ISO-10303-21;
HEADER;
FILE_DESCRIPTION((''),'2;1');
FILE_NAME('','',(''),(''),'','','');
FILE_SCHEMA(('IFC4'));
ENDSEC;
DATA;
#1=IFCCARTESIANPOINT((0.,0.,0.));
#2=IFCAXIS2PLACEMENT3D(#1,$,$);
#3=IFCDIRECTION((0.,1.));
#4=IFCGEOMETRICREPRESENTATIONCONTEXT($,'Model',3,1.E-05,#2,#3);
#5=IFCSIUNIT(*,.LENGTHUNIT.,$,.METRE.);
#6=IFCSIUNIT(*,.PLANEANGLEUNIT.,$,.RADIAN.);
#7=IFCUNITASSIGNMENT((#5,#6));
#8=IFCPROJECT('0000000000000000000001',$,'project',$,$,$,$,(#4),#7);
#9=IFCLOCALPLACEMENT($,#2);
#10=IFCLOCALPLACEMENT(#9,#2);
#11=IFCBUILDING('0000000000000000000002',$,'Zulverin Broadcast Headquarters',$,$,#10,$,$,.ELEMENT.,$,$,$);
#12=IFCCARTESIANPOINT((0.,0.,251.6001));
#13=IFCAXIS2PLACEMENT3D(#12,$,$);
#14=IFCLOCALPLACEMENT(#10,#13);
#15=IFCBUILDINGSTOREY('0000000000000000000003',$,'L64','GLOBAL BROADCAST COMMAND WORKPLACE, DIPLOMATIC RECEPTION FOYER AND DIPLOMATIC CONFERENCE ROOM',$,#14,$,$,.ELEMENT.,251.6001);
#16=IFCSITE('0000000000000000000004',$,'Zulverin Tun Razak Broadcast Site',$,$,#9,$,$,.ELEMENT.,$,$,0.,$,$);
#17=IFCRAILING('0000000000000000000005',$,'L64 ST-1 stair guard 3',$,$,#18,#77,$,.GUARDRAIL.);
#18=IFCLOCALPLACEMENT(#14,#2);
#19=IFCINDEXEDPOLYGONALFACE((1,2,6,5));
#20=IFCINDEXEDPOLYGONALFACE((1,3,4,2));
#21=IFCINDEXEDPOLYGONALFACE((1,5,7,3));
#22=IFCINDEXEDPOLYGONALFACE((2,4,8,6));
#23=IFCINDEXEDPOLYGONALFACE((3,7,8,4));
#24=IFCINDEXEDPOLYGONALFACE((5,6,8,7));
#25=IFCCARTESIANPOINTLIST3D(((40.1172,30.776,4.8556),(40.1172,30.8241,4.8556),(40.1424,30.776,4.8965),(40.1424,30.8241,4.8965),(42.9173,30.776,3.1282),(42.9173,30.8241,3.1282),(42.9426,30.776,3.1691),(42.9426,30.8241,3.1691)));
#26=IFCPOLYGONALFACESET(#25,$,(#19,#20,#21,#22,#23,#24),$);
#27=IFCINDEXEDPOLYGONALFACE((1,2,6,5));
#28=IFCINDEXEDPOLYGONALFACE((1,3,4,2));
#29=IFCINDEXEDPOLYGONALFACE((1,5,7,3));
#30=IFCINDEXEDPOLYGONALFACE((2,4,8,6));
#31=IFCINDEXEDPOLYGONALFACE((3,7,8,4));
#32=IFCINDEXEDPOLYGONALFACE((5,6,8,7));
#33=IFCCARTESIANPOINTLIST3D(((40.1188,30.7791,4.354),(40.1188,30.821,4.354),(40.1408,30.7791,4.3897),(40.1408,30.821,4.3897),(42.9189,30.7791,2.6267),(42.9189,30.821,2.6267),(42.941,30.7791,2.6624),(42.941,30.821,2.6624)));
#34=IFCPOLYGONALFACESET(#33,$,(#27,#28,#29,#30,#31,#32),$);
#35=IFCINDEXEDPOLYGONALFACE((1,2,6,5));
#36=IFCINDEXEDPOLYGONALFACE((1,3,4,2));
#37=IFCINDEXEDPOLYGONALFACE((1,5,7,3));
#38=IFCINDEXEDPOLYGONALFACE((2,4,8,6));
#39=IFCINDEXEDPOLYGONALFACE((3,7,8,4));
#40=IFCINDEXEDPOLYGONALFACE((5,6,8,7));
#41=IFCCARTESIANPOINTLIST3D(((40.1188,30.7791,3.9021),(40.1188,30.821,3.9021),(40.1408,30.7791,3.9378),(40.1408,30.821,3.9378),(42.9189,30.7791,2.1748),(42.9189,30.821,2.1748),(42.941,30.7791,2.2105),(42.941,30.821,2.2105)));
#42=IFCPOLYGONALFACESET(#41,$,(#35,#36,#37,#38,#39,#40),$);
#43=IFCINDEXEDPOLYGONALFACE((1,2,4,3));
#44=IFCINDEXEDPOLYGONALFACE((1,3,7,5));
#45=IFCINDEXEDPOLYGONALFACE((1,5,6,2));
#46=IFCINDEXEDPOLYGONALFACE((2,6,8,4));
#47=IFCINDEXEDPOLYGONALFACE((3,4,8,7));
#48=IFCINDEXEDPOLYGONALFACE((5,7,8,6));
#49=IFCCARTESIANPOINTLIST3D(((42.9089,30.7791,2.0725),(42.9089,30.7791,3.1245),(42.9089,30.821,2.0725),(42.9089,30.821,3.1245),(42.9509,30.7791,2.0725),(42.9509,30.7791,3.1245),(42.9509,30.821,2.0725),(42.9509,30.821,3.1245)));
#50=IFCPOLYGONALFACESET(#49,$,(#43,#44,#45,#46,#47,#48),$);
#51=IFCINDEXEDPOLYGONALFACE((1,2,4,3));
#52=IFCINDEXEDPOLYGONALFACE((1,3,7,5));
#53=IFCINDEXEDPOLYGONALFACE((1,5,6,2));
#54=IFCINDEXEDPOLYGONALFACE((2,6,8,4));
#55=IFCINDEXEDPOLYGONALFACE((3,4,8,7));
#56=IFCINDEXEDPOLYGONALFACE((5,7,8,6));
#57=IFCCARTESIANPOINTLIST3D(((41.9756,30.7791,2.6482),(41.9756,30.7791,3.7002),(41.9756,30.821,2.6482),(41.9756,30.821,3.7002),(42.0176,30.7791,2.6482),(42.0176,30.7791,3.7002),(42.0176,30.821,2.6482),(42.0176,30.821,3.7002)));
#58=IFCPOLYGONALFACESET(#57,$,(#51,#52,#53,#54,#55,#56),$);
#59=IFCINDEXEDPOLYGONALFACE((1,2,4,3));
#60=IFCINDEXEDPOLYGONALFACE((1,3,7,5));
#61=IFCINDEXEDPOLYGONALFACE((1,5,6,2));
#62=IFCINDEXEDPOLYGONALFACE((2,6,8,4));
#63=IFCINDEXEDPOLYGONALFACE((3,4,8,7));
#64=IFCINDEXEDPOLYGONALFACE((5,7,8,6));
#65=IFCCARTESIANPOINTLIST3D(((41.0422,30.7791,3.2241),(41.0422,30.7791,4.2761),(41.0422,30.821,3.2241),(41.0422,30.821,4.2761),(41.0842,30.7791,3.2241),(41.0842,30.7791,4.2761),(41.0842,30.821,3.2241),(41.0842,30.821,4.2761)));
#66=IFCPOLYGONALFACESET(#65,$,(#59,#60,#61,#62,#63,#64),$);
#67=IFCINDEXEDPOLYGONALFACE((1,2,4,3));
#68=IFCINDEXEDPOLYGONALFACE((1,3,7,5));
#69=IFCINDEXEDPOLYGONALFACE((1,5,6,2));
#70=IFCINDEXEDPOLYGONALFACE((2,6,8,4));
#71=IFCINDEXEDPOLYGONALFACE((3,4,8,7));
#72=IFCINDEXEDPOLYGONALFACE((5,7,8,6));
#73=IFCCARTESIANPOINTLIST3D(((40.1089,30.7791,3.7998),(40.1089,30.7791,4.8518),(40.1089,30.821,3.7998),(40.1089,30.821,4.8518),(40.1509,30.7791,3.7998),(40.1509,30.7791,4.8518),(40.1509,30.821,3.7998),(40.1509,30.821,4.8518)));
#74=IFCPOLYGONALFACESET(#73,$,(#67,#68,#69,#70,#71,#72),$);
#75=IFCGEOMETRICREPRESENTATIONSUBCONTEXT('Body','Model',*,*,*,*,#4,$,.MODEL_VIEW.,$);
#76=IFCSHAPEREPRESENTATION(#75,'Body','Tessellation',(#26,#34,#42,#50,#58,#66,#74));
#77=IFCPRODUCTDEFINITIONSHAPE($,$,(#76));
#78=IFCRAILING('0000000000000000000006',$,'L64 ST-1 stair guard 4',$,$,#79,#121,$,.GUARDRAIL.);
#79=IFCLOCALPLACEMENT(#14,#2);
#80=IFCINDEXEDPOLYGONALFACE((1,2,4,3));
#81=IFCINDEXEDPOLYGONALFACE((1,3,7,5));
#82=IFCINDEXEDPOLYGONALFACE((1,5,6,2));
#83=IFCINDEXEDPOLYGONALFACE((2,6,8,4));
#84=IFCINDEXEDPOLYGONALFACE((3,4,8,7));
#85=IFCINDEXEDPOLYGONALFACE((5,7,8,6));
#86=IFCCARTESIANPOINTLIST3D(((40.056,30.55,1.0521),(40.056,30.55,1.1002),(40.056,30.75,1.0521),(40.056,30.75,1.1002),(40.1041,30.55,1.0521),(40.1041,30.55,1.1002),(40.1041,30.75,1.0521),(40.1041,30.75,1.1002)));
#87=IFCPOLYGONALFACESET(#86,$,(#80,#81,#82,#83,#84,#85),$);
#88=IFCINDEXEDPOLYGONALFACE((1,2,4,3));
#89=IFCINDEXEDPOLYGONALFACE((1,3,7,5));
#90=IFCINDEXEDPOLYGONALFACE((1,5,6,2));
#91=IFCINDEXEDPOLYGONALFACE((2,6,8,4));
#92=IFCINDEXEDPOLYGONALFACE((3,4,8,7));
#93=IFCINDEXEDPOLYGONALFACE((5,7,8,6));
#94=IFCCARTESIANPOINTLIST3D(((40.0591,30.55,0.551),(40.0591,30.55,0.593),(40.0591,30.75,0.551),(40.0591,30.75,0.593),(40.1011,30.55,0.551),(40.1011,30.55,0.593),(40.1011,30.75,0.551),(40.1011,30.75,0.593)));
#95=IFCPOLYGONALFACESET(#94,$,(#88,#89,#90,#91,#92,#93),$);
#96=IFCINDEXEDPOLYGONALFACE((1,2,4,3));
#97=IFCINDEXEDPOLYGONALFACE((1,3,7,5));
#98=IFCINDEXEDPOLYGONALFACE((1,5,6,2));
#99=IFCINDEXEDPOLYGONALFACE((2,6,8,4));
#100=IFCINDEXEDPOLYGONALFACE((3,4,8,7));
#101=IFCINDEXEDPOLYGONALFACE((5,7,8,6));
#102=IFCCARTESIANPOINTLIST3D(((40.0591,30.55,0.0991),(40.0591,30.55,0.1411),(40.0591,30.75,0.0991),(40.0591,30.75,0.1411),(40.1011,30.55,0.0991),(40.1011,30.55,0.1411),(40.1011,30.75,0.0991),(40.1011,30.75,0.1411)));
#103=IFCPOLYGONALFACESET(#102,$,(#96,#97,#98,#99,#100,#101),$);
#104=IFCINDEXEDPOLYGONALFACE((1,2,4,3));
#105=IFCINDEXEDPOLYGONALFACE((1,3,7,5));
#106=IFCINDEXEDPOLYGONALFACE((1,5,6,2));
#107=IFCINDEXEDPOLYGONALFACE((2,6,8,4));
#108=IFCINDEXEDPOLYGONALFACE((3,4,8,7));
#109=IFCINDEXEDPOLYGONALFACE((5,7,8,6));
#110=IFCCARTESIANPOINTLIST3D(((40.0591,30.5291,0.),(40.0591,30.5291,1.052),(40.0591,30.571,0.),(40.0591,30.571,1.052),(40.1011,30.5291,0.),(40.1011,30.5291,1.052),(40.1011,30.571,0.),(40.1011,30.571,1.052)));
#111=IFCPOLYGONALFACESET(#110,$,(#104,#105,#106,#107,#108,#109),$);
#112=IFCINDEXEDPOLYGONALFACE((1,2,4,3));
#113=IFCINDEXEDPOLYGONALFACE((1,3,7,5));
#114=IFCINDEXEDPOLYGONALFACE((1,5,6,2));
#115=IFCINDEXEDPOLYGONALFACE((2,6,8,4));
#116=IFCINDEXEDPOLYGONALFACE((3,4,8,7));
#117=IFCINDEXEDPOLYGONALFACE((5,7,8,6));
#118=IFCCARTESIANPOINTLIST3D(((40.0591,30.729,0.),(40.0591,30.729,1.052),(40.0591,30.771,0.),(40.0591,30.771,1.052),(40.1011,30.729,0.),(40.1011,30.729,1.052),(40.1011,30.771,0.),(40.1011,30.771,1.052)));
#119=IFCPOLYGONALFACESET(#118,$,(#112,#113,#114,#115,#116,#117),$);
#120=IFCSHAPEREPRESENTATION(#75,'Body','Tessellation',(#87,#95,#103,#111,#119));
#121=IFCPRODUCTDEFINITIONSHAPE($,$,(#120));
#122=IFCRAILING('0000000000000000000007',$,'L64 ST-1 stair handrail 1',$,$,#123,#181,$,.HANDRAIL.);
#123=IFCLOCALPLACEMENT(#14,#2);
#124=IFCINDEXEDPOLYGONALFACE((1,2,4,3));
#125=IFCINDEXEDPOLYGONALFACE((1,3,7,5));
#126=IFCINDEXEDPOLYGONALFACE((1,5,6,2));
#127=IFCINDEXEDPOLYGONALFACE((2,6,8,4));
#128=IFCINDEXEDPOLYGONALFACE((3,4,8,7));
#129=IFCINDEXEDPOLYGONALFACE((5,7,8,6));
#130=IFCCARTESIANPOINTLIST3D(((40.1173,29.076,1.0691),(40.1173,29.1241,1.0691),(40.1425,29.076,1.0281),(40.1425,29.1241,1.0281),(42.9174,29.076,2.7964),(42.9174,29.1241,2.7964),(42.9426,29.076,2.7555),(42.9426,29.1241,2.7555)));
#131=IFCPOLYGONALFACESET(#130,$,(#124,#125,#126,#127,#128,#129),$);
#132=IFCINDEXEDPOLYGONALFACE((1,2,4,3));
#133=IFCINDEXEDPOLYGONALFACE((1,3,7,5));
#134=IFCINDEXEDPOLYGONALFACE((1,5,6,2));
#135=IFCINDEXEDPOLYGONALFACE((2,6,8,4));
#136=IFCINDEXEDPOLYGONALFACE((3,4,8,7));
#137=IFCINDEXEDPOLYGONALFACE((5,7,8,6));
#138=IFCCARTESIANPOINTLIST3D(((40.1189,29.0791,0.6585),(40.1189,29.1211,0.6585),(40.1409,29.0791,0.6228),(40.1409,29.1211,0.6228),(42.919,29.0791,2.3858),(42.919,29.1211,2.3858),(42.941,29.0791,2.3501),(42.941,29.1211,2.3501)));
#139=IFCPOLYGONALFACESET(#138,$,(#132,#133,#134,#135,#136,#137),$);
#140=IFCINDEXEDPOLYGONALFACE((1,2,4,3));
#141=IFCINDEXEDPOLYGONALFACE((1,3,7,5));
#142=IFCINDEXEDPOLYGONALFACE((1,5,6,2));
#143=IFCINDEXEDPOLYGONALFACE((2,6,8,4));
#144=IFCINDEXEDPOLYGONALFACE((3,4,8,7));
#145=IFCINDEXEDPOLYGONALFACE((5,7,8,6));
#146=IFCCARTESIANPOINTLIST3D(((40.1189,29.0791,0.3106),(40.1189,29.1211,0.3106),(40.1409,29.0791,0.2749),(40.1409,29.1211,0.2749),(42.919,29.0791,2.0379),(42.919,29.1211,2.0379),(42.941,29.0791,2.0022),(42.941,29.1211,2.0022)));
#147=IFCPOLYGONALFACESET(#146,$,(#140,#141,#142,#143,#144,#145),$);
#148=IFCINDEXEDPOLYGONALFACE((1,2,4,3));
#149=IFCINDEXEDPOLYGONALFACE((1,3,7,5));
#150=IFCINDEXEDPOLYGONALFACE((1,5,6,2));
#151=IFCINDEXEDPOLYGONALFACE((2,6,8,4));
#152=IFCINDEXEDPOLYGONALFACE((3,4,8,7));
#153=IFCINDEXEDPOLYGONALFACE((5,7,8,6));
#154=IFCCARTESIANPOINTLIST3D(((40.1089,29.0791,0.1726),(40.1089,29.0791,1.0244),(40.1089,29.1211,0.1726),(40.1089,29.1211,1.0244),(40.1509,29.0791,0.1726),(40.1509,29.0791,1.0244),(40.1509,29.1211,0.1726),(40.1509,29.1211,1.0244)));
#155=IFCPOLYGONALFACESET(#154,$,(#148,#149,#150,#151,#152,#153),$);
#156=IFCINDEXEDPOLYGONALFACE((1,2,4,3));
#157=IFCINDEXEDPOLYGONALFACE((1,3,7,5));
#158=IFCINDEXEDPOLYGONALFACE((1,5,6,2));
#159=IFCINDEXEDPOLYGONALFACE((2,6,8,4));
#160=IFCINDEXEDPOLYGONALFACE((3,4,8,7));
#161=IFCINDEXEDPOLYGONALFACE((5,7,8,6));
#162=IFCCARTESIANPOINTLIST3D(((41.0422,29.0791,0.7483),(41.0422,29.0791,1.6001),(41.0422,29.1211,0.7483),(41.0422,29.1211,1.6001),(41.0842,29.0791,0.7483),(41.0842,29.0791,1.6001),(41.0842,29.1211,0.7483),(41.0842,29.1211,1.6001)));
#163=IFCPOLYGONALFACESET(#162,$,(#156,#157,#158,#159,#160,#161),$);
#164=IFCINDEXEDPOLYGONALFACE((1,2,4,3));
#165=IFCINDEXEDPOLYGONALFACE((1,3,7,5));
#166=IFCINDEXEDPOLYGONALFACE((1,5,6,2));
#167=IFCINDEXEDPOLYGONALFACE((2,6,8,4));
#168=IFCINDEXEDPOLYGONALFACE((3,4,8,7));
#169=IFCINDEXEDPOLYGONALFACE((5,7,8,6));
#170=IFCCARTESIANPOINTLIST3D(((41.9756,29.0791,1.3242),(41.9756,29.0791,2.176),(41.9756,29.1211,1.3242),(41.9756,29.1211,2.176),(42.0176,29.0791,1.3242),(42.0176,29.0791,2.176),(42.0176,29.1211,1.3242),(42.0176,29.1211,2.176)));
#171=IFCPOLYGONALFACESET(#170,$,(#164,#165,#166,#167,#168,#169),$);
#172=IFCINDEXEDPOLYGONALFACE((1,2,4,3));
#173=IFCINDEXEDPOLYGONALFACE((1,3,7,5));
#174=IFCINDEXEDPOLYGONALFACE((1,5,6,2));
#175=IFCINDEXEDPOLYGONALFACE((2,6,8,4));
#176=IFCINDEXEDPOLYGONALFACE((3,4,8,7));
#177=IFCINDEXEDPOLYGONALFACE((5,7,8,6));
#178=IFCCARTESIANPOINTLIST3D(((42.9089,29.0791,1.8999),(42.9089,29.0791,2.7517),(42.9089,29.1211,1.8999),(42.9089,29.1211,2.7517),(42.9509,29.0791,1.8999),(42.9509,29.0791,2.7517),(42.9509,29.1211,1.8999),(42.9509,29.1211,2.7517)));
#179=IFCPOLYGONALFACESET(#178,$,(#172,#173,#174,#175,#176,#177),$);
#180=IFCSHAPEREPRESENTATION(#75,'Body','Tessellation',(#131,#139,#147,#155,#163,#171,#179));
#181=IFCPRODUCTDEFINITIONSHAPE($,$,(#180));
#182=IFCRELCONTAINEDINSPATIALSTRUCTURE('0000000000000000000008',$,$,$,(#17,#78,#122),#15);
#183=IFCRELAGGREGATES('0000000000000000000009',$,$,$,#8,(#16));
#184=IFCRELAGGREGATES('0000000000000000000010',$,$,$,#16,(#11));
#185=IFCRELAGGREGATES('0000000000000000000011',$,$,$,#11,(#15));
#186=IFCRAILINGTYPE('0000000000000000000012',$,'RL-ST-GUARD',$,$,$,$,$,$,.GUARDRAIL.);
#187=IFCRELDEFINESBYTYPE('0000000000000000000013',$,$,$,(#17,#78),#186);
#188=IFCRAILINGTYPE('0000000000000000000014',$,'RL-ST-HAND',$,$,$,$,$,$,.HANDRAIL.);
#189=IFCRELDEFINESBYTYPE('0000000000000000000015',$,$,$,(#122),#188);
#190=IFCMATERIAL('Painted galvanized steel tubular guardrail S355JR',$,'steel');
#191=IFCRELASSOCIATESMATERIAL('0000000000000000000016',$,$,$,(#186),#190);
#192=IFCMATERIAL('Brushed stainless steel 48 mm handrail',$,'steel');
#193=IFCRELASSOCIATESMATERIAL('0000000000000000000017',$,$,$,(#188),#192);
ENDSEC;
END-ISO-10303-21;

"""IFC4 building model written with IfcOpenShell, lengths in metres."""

from ifc_helpers import new_model, si_unit, direction, frame, origin, origin_2d, place, context, subcontext, project, spatial, rectangle, extrude, material, type_object, element, save


model = new_model("IFC4")

# Units and contexts
model_context = context("Model", 3, precision=1e-05, world=origin(), true_north=direction((0.0, 1.0)))
body_context = subcontext(model_context, "Body", "Model", "MODEL_VIEW")
ifc_project = project(units=[si_unit("LENGTHUNIT", "METRE"), si_unit("PLANEANGLEUNIT", "RADIAN")], contexts=[model_context])

# Site, building, storey
site_placement = place(None, origin())
site = spatial("IfcSite", under=ifc_project, at=site_placement, Name="Zulverin Tun Razak Broadcast Site", CompositionType="ELEMENT", RefElevation=0.0)
building_placement = place(site_placement, origin())
building = spatial("IfcBuilding", under=site, at=building_placement, Name="Zulverin Broadcast Headquarters", CompositionType="ELEMENT")
storey_placement = place(building_placement, frame((0.0, 0.0, 251.6001)))
storey = spatial("IfcBuildingStorey", under=building, at=storey_placement, Name="L64", Description="GLOBAL BROADCAST COMMAND WORKPLACE, DIPLOMATIC RECEPTION FOYER AND DIPLOMATIC CONFERENCE ROOM", CompositionType="ELEMENT", Elevation=251.6001)

# Railings
ifc_material_1 = material(Name="Painted galvanized steel tubular guardrail S355JR", Category="steel")
railing_type_1 = type_object("IfcRailingType", Name="RL-ST-GUARD", PredefinedType="GUARDRAIL", material=ifc_material_1)
railing_1_placement = place(storey_placement, frame((42.9299, 30.8, 2.0725)))
element("IfcRailing", 1, at=railing_1_placement, inside=storey, type_object=railing_type_1, Name="L64 ST-1 stair guard 3", PredefinedType="GUARDRAIL", context=body_context, shape_type="SweptSolid", body=[
    extrude(rectangle(XDim=0.0481, YDim=0.0481, at=origin_2d()), frame((0.0, 0.0, 1.0762), z_axis=(-0.85109, 0.0, 0.52502), x_axis=(0.0, -1.0, 0.0)), (0.0, 0.0, 1.0), 3.29),
    extrude(rectangle(XDim=0.042, YDim=0.042, at=origin_2d()), frame((0.0, 0.0, 0.572), z_axis=(-0.85109, 0.0, 0.52502), x_axis=(0.0, -1.0, 0.0)), (0.0, 0.0, 1.0), 3.29),
    extrude(rectangle(XDim=0.042, YDim=0.042, at=origin_2d()), frame((0.0, 0.0, 0.1201), z_axis=(-0.85109, 0.0, 0.52502), x_axis=(0.0, -1.0, 0.0)), (0.0, 0.0, 1.0), 3.29),
    extrude(rectangle(XDim=0.042, YDim=0.042, at=origin_2d()), origin(), (0.0, 0.0, 1.0), 1.052),
    extrude(rectangle(XDim=0.042, YDim=0.042, at=origin_2d()), frame((-0.9333, 0.0, 0.5757)), (0.0, 0.0, 1.0), 1.052),
    extrude(rectangle(XDim=0.042, YDim=0.042, at=origin_2d()), frame((-1.8667, 0.0, 1.1516)), (0.0, 0.0, 1.0), 1.052),
    extrude(rectangle(XDim=0.042, YDim=0.042, at=origin_2d()), frame((-2.8, 0.0, 1.7273)), (0.0, 0.0, 1.0), 1.052),
])
railing_2_placement = place(storey_placement, frame((40.0801, 30.55, 0.0)))
element("IfcRailing", 2, at=railing_2_placement, inside=storey, type_object=railing_type_1, Name="L64 ST-1 stair guard 4", PredefinedType="GUARDRAIL", context=body_context, shape_type="SweptSolid", body=[
    extrude(rectangle(XDim=0.0481, YDim=0.0481, at=origin_2d()), frame((0.0, 0.0, 1.0762), z_axis=(0.0, 1.0, 0.0), x_axis=(-1.0, 0.0, 0.0)), (0.0, 0.0, 1.0), 0.2),
    extrude(rectangle(XDim=0.042, YDim=0.042, at=origin_2d()), frame((0.0, 0.0, 0.572), z_axis=(0.0, 1.0, 0.0), x_axis=(-1.0, 0.0, 0.0)), (0.0, 0.0, 1.0), 0.2),
    extrude(rectangle(XDim=0.042, YDim=0.042, at=origin_2d()), frame((0.0, 0.0, 0.1201), z_axis=(0.0, 1.0, 0.0), x_axis=(-1.0, 0.0, 0.0)), (0.0, 0.0, 1.0), 0.2),
    extrude(rectangle(XDim=0.042, YDim=0.042, at=origin_2d()), origin(), (0.0, 0.0, 1.0), 1.052),
    extrude(rectangle(XDim=0.042, YDim=0.042, at=origin_2d()), frame((0.0, 0.2, 0.0)), (0.0, 0.0, 1.0), 1.052),
])
ifc_material_2 = material(Name="Brushed stainless steel 48 mm handrail", Category="steel")
railing_type_2 = type_object("IfcRailingType", Name="RL-ST-HAND", PredefinedType="HANDRAIL", material=ifc_material_2)
railing_3_placement = place(storey_placement, frame((40.1299, 29.1001, 0.1726)))
element("IfcRailing", 3, at=railing_3_placement, inside=storey, type_object=railing_type_2, Name="L64 ST-1 stair handrail 1", PredefinedType="HANDRAIL", context=body_context, shape_type="SweptSolid", body=[
    extrude(rectangle(XDim=0.0481, YDim=0.0481, at=origin_2d()), frame((0.0, 0.0, 0.876), z_axis=(0.85109, 0.0, 0.52502), x_axis=(0.0, 1.0, 0.0)), (0.0, 0.0, 1.0), 3.29),
    extrude(rectangle(XDim=0.042, YDim=0.042, at=origin_2d()), frame((0.0, 0.0, 0.468), z_axis=(0.85109, 0.0, 0.52502), x_axis=(0.0, 1.0, 0.0)), (0.0, 0.0, 1.0), 3.29),
    extrude(rectangle(XDim=0.042, YDim=0.042, at=origin_2d()), frame((0.0, 0.0, 0.1201), z_axis=(0.85109, 0.0, 0.52502), x_axis=(0.0, 1.0, 0.0)), (0.0, 0.0, 1.0), 3.29),
    extrude(rectangle(XDim=0.042, YDim=0.042, at=origin_2d()), origin(), (0.0, 0.0, 1.0), 0.8518),
    extrude(rectangle(XDim=0.042, YDim=0.042, at=origin_2d()), frame((0.9333, 0.0, 0.5757)), (0.0, 0.0, 1.0), 0.8518),
    extrude(rectangle(XDim=0.042, YDim=0.042, at=origin_2d()), frame((1.8667, 0.0, 1.1516)), (0.0, 0.0, 1.0), 0.8518),
    extrude(rectangle(XDim=0.042, YDim=0.042, at=origin_2d()), frame((2.8, 0.0, 1.7273)), (0.0, 0.0, 1.0), 0.8518),
])

save(model, "model.ifc")
